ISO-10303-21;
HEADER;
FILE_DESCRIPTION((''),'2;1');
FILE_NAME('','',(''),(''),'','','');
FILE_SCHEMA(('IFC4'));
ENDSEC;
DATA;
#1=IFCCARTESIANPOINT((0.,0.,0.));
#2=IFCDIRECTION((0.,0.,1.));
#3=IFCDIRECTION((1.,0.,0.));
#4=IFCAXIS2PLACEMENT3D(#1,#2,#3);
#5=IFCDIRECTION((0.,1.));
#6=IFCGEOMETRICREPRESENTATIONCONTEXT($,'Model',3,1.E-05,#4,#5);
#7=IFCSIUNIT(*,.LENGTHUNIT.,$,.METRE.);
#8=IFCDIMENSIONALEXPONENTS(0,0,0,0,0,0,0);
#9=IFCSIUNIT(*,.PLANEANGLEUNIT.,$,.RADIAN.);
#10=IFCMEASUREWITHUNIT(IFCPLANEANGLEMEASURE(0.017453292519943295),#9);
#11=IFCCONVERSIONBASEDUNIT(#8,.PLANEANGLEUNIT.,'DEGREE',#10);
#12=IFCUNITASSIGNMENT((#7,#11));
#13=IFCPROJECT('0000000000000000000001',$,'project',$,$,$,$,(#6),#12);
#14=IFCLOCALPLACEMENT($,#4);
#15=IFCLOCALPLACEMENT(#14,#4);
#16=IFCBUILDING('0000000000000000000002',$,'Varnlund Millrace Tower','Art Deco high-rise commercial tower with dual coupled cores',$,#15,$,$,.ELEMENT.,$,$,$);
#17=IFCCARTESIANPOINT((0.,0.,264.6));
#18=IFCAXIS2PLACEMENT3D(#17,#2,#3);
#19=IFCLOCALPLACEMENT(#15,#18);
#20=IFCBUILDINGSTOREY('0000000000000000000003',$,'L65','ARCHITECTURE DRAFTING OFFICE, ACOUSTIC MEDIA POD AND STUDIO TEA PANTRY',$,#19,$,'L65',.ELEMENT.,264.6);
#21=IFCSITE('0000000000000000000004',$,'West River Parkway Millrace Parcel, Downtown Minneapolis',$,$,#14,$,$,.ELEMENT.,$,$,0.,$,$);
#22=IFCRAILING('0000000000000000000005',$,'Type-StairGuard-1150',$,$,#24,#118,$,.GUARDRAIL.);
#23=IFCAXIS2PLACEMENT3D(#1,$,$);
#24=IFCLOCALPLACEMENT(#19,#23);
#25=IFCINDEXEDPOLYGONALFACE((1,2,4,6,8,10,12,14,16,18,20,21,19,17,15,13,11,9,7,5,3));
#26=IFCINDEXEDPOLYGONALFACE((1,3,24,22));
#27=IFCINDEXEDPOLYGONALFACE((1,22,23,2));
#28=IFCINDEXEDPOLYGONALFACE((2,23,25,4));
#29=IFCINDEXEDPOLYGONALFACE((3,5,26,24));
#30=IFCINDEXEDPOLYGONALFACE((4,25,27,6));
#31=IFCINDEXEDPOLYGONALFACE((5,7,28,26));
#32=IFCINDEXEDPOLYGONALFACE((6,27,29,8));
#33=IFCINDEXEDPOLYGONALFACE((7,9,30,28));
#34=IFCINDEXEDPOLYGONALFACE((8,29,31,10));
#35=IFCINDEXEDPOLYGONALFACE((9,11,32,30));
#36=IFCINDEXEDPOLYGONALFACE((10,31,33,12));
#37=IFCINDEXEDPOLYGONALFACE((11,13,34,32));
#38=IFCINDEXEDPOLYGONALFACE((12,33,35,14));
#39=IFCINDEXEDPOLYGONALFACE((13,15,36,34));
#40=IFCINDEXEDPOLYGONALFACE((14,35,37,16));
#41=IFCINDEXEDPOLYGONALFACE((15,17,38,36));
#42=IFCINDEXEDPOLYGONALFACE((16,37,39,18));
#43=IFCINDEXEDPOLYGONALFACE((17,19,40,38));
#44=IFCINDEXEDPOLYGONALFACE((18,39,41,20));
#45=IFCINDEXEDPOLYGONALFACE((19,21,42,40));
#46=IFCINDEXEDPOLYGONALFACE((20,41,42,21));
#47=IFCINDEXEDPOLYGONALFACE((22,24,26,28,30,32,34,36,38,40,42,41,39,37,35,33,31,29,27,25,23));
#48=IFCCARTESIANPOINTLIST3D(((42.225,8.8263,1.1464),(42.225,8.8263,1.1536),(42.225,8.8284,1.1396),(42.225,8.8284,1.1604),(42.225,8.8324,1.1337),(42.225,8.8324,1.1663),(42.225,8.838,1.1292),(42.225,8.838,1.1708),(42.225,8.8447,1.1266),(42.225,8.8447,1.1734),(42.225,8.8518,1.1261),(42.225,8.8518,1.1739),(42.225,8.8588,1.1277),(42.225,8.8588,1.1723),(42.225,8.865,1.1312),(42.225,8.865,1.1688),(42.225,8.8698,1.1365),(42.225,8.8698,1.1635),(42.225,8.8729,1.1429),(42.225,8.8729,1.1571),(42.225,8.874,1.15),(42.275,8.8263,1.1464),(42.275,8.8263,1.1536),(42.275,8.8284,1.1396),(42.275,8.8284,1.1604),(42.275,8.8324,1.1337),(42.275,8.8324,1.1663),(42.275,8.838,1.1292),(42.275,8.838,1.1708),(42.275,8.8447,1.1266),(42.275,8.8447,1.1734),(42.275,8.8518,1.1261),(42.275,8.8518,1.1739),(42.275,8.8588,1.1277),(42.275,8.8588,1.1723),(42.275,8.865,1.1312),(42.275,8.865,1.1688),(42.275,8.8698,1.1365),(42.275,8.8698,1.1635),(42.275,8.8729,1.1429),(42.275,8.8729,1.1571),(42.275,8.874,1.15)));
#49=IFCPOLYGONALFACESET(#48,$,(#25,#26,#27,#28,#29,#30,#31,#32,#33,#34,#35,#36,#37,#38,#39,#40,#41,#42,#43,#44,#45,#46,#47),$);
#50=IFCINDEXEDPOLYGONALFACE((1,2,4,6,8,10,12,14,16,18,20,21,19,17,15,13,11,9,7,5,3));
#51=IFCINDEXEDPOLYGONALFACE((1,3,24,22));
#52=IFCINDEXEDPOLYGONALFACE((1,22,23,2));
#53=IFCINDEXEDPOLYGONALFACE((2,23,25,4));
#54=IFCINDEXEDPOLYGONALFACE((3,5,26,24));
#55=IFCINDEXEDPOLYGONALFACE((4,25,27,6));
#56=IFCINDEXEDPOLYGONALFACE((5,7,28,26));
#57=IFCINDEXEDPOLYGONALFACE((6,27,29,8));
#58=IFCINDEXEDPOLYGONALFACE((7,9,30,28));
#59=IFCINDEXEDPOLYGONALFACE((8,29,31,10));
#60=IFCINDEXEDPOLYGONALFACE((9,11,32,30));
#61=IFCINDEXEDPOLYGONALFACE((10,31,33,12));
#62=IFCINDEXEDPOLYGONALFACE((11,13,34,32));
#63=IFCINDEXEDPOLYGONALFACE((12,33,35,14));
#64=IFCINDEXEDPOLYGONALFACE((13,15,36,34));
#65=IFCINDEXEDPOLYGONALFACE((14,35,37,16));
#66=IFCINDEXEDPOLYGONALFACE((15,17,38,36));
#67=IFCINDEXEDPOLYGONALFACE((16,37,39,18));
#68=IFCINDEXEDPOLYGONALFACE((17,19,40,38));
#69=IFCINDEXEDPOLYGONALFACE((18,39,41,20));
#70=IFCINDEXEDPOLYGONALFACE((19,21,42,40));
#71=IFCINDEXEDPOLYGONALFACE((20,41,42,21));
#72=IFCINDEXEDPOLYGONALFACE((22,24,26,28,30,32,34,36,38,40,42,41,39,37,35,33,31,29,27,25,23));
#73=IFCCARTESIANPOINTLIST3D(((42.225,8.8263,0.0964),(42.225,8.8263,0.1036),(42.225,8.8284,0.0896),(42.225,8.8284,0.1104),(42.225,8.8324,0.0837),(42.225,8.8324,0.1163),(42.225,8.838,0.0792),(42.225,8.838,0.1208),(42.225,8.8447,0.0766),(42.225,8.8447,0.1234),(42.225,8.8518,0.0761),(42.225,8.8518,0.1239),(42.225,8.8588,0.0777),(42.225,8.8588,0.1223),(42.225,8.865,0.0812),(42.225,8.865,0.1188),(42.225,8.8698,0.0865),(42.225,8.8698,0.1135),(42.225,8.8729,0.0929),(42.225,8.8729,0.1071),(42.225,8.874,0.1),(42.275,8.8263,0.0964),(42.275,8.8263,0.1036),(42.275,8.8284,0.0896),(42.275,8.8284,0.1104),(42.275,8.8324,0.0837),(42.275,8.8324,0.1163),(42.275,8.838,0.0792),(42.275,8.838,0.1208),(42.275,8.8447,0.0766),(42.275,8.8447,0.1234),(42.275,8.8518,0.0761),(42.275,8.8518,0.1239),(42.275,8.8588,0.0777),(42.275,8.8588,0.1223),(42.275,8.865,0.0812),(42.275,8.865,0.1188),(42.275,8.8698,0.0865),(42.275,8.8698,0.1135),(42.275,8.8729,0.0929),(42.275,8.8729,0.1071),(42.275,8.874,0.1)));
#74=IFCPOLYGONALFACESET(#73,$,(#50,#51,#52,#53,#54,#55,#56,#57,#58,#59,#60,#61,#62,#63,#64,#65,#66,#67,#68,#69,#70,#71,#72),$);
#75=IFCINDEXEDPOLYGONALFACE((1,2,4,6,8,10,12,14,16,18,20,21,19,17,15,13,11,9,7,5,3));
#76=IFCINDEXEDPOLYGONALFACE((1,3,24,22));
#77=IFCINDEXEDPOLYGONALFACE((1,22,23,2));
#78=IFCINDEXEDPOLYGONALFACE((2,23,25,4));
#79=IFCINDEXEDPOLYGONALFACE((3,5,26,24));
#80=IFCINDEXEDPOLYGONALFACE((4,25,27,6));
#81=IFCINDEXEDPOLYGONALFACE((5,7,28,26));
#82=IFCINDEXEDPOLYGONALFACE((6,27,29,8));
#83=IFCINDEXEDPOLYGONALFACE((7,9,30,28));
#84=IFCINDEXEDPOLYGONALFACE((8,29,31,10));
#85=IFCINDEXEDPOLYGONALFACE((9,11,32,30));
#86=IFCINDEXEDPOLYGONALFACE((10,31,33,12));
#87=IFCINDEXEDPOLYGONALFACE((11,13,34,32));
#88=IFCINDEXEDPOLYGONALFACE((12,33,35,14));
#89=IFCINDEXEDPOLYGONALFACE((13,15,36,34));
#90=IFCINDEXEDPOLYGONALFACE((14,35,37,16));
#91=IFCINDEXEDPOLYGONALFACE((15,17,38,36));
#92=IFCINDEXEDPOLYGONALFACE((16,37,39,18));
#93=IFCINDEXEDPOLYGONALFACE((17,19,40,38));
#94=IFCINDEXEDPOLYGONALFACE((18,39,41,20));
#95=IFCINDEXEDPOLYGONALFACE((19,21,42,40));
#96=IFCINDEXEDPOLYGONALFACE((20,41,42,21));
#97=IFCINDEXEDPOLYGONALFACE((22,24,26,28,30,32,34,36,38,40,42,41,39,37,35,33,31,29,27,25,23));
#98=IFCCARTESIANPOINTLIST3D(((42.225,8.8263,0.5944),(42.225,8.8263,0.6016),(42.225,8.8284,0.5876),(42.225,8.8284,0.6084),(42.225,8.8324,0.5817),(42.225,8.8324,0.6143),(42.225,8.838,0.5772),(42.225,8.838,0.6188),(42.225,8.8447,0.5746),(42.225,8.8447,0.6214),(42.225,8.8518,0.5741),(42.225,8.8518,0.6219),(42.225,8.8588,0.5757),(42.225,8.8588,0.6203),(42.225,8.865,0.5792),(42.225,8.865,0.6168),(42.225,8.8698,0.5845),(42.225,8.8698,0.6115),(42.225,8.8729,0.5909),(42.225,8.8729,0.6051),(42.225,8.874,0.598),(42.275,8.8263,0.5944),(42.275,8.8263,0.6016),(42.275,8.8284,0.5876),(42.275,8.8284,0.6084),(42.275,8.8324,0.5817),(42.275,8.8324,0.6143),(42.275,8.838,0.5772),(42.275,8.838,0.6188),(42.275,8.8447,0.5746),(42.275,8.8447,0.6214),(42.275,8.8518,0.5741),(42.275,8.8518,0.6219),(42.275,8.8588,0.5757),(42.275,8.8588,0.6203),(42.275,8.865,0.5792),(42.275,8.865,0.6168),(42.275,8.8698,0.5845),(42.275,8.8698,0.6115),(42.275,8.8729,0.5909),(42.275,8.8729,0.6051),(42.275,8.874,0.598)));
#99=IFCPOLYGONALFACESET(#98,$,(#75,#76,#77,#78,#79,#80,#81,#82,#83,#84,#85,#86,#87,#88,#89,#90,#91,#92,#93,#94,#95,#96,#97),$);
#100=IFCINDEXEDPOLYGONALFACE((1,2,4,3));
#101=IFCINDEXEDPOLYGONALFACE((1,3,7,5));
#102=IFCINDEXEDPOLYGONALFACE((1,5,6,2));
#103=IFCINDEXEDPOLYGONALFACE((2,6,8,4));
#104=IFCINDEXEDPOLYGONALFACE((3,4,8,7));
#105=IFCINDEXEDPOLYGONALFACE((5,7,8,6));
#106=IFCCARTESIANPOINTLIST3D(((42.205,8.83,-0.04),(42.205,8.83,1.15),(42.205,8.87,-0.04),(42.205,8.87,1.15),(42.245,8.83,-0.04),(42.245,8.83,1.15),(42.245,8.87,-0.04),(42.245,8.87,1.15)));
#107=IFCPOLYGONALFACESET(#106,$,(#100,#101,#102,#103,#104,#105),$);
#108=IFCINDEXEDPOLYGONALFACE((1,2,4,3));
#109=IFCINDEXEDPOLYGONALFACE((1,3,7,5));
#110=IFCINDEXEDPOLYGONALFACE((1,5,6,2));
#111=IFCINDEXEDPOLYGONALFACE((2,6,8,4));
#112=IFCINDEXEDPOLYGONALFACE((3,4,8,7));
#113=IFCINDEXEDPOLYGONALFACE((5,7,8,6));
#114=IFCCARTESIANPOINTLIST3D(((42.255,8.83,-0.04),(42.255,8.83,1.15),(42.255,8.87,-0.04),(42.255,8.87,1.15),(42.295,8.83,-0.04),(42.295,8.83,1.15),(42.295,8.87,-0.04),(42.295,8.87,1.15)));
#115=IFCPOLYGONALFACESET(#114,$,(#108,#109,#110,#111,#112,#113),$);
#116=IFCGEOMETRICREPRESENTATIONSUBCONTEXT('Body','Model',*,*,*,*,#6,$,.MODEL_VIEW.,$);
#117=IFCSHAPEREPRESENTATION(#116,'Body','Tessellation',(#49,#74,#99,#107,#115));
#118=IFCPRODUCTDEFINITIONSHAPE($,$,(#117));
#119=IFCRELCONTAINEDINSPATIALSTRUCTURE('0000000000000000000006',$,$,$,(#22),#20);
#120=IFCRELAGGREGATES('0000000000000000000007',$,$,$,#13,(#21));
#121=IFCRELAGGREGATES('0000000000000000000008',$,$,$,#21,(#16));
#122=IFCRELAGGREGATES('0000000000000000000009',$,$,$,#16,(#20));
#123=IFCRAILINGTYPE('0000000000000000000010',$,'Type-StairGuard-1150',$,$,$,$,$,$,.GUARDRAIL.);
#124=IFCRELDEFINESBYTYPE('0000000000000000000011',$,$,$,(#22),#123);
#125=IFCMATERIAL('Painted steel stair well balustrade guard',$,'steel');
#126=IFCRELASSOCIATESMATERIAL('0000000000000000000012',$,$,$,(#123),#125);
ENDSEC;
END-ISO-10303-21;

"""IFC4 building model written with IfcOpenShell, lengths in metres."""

from ifc_helpers import new_model, entity, si_unit, converted_unit, direction, frame, origin_with_axes, origin_2d_with_axis, place, context, subcontext, project, spatial, rectangle, circle, extrude, material, type_object, element, save


model = new_model("IFC4")

# Units and contexts
model_context = context("Model", 3, precision=1e-05, world=origin_with_axes(), true_north=direction((0.0, 1.0)))
body_context = subcontext(model_context, "Body", "Model", "MODEL_VIEW")
ifc_project = project(units=[si_unit("LENGTHUNIT", "METRE"), converted_unit("PLANEANGLEUNIT", "DEGREE", entity("IfcPlaneAngleMeasure", 0.017453292519943295), si_unit("PLANEANGLEUNIT", "RADIAN"), dimensions=[0, 0, 0, 0, 0, 0, 0])], contexts=[model_context])

# Site, building, storey
site_placement = place(None, origin_with_axes())
site = spatial("IfcSite", under=ifc_project, at=site_placement, Name="West River Parkway Millrace Parcel, Downtown Minneapolis", CompositionType="ELEMENT", RefElevation=0.0)
building_placement = place(site_placement, origin_with_axes())
building = spatial("IfcBuilding", under=site, at=building_placement, Name="Varnlund Millrace Tower", Description="Art Deco high-rise commercial tower with dual coupled cores", CompositionType="ELEMENT")
storey_placement = place(building_placement, frame((0.0, 0.0, 264.6), z_axis=(0.0, 0.0, 1.0), x_axis=(1.0, 0.0, 0.0)))
storey = spatial("IfcBuildingStorey", under=building, at=storey_placement, Name="L65", Description="ARCHITECTURE DRAFTING OFFICE, ACOUSTIC MEDIA POD AND STUDIO TEA PANTRY", LongName="L65", CompositionType="ELEMENT", Elevation=264.6)

# Railing
ifc_material_1 = material(Name="Painted steel stair well balustrade guard", Category="steel")
railing_type_1 = type_object("IfcRailingType", Name="Type-StairGuard-1150", PredefinedType="GUARDRAIL", material=ifc_material_1)
railing_1_placement = place(storey_placement, frame((0.0, 0.0, -264.6), z_axis=(0.0, 0.0, 1.0), x_axis=(1.0, 0.0, 0.0)))
element("IfcRailing", 1, at=railing_1_placement, inside=storey, type_object=railing_type_1, Name="Type-StairGuard-1150", PredefinedType="GUARDRAIL", context=body_context, shape_type="SweptSolid", body=[
    extrude(circle(Radius=0.024, at=origin_2d_with_axis()), frame((42.225, 8.85, 265.75), z_axis=(1.0, 0.0, 0.0), x_axis=(0.0, 1.0, 0.0)), (0.0, 0.0, 1.0), 0.05),
    extrude(circle(Radius=0.024, at=origin_2d_with_axis()), frame((42.225, 8.85, 264.7), z_axis=(1.0, 0.0, 0.0), x_axis=(0.0, 1.0, 0.0)), (0.0, 0.0, 1.0), 0.05),
    extrude(circle(Radius=0.024, at=origin_2d_with_axis()), frame((42.225, 8.85, 265.198), z_axis=(1.0, 0.0, 0.0), x_axis=(0.0, 1.0, 0.0)), (0.0, 0.0, 1.0), 0.05),
    extrude(rectangle(XDim=0.04, YDim=0.04, at=origin_2d_with_axis()), frame((42.225, 8.85, 264.56), z_axis=(0.0, 0.0, 1.0), x_axis=(1.0, 0.0, 0.0)), (0.0, 0.0, 1.0), 1.19),
    extrude(rectangle(XDim=0.04, YDim=0.04, at=origin_2d_with_axis()), frame((42.275, 8.85, 264.56), z_axis=(0.0, 0.0, 1.0), x_axis=(1.0, 0.0, 0.0)), (0.0, 0.0, 1.0), 1.19),
])

save(model, "model.ifc")
